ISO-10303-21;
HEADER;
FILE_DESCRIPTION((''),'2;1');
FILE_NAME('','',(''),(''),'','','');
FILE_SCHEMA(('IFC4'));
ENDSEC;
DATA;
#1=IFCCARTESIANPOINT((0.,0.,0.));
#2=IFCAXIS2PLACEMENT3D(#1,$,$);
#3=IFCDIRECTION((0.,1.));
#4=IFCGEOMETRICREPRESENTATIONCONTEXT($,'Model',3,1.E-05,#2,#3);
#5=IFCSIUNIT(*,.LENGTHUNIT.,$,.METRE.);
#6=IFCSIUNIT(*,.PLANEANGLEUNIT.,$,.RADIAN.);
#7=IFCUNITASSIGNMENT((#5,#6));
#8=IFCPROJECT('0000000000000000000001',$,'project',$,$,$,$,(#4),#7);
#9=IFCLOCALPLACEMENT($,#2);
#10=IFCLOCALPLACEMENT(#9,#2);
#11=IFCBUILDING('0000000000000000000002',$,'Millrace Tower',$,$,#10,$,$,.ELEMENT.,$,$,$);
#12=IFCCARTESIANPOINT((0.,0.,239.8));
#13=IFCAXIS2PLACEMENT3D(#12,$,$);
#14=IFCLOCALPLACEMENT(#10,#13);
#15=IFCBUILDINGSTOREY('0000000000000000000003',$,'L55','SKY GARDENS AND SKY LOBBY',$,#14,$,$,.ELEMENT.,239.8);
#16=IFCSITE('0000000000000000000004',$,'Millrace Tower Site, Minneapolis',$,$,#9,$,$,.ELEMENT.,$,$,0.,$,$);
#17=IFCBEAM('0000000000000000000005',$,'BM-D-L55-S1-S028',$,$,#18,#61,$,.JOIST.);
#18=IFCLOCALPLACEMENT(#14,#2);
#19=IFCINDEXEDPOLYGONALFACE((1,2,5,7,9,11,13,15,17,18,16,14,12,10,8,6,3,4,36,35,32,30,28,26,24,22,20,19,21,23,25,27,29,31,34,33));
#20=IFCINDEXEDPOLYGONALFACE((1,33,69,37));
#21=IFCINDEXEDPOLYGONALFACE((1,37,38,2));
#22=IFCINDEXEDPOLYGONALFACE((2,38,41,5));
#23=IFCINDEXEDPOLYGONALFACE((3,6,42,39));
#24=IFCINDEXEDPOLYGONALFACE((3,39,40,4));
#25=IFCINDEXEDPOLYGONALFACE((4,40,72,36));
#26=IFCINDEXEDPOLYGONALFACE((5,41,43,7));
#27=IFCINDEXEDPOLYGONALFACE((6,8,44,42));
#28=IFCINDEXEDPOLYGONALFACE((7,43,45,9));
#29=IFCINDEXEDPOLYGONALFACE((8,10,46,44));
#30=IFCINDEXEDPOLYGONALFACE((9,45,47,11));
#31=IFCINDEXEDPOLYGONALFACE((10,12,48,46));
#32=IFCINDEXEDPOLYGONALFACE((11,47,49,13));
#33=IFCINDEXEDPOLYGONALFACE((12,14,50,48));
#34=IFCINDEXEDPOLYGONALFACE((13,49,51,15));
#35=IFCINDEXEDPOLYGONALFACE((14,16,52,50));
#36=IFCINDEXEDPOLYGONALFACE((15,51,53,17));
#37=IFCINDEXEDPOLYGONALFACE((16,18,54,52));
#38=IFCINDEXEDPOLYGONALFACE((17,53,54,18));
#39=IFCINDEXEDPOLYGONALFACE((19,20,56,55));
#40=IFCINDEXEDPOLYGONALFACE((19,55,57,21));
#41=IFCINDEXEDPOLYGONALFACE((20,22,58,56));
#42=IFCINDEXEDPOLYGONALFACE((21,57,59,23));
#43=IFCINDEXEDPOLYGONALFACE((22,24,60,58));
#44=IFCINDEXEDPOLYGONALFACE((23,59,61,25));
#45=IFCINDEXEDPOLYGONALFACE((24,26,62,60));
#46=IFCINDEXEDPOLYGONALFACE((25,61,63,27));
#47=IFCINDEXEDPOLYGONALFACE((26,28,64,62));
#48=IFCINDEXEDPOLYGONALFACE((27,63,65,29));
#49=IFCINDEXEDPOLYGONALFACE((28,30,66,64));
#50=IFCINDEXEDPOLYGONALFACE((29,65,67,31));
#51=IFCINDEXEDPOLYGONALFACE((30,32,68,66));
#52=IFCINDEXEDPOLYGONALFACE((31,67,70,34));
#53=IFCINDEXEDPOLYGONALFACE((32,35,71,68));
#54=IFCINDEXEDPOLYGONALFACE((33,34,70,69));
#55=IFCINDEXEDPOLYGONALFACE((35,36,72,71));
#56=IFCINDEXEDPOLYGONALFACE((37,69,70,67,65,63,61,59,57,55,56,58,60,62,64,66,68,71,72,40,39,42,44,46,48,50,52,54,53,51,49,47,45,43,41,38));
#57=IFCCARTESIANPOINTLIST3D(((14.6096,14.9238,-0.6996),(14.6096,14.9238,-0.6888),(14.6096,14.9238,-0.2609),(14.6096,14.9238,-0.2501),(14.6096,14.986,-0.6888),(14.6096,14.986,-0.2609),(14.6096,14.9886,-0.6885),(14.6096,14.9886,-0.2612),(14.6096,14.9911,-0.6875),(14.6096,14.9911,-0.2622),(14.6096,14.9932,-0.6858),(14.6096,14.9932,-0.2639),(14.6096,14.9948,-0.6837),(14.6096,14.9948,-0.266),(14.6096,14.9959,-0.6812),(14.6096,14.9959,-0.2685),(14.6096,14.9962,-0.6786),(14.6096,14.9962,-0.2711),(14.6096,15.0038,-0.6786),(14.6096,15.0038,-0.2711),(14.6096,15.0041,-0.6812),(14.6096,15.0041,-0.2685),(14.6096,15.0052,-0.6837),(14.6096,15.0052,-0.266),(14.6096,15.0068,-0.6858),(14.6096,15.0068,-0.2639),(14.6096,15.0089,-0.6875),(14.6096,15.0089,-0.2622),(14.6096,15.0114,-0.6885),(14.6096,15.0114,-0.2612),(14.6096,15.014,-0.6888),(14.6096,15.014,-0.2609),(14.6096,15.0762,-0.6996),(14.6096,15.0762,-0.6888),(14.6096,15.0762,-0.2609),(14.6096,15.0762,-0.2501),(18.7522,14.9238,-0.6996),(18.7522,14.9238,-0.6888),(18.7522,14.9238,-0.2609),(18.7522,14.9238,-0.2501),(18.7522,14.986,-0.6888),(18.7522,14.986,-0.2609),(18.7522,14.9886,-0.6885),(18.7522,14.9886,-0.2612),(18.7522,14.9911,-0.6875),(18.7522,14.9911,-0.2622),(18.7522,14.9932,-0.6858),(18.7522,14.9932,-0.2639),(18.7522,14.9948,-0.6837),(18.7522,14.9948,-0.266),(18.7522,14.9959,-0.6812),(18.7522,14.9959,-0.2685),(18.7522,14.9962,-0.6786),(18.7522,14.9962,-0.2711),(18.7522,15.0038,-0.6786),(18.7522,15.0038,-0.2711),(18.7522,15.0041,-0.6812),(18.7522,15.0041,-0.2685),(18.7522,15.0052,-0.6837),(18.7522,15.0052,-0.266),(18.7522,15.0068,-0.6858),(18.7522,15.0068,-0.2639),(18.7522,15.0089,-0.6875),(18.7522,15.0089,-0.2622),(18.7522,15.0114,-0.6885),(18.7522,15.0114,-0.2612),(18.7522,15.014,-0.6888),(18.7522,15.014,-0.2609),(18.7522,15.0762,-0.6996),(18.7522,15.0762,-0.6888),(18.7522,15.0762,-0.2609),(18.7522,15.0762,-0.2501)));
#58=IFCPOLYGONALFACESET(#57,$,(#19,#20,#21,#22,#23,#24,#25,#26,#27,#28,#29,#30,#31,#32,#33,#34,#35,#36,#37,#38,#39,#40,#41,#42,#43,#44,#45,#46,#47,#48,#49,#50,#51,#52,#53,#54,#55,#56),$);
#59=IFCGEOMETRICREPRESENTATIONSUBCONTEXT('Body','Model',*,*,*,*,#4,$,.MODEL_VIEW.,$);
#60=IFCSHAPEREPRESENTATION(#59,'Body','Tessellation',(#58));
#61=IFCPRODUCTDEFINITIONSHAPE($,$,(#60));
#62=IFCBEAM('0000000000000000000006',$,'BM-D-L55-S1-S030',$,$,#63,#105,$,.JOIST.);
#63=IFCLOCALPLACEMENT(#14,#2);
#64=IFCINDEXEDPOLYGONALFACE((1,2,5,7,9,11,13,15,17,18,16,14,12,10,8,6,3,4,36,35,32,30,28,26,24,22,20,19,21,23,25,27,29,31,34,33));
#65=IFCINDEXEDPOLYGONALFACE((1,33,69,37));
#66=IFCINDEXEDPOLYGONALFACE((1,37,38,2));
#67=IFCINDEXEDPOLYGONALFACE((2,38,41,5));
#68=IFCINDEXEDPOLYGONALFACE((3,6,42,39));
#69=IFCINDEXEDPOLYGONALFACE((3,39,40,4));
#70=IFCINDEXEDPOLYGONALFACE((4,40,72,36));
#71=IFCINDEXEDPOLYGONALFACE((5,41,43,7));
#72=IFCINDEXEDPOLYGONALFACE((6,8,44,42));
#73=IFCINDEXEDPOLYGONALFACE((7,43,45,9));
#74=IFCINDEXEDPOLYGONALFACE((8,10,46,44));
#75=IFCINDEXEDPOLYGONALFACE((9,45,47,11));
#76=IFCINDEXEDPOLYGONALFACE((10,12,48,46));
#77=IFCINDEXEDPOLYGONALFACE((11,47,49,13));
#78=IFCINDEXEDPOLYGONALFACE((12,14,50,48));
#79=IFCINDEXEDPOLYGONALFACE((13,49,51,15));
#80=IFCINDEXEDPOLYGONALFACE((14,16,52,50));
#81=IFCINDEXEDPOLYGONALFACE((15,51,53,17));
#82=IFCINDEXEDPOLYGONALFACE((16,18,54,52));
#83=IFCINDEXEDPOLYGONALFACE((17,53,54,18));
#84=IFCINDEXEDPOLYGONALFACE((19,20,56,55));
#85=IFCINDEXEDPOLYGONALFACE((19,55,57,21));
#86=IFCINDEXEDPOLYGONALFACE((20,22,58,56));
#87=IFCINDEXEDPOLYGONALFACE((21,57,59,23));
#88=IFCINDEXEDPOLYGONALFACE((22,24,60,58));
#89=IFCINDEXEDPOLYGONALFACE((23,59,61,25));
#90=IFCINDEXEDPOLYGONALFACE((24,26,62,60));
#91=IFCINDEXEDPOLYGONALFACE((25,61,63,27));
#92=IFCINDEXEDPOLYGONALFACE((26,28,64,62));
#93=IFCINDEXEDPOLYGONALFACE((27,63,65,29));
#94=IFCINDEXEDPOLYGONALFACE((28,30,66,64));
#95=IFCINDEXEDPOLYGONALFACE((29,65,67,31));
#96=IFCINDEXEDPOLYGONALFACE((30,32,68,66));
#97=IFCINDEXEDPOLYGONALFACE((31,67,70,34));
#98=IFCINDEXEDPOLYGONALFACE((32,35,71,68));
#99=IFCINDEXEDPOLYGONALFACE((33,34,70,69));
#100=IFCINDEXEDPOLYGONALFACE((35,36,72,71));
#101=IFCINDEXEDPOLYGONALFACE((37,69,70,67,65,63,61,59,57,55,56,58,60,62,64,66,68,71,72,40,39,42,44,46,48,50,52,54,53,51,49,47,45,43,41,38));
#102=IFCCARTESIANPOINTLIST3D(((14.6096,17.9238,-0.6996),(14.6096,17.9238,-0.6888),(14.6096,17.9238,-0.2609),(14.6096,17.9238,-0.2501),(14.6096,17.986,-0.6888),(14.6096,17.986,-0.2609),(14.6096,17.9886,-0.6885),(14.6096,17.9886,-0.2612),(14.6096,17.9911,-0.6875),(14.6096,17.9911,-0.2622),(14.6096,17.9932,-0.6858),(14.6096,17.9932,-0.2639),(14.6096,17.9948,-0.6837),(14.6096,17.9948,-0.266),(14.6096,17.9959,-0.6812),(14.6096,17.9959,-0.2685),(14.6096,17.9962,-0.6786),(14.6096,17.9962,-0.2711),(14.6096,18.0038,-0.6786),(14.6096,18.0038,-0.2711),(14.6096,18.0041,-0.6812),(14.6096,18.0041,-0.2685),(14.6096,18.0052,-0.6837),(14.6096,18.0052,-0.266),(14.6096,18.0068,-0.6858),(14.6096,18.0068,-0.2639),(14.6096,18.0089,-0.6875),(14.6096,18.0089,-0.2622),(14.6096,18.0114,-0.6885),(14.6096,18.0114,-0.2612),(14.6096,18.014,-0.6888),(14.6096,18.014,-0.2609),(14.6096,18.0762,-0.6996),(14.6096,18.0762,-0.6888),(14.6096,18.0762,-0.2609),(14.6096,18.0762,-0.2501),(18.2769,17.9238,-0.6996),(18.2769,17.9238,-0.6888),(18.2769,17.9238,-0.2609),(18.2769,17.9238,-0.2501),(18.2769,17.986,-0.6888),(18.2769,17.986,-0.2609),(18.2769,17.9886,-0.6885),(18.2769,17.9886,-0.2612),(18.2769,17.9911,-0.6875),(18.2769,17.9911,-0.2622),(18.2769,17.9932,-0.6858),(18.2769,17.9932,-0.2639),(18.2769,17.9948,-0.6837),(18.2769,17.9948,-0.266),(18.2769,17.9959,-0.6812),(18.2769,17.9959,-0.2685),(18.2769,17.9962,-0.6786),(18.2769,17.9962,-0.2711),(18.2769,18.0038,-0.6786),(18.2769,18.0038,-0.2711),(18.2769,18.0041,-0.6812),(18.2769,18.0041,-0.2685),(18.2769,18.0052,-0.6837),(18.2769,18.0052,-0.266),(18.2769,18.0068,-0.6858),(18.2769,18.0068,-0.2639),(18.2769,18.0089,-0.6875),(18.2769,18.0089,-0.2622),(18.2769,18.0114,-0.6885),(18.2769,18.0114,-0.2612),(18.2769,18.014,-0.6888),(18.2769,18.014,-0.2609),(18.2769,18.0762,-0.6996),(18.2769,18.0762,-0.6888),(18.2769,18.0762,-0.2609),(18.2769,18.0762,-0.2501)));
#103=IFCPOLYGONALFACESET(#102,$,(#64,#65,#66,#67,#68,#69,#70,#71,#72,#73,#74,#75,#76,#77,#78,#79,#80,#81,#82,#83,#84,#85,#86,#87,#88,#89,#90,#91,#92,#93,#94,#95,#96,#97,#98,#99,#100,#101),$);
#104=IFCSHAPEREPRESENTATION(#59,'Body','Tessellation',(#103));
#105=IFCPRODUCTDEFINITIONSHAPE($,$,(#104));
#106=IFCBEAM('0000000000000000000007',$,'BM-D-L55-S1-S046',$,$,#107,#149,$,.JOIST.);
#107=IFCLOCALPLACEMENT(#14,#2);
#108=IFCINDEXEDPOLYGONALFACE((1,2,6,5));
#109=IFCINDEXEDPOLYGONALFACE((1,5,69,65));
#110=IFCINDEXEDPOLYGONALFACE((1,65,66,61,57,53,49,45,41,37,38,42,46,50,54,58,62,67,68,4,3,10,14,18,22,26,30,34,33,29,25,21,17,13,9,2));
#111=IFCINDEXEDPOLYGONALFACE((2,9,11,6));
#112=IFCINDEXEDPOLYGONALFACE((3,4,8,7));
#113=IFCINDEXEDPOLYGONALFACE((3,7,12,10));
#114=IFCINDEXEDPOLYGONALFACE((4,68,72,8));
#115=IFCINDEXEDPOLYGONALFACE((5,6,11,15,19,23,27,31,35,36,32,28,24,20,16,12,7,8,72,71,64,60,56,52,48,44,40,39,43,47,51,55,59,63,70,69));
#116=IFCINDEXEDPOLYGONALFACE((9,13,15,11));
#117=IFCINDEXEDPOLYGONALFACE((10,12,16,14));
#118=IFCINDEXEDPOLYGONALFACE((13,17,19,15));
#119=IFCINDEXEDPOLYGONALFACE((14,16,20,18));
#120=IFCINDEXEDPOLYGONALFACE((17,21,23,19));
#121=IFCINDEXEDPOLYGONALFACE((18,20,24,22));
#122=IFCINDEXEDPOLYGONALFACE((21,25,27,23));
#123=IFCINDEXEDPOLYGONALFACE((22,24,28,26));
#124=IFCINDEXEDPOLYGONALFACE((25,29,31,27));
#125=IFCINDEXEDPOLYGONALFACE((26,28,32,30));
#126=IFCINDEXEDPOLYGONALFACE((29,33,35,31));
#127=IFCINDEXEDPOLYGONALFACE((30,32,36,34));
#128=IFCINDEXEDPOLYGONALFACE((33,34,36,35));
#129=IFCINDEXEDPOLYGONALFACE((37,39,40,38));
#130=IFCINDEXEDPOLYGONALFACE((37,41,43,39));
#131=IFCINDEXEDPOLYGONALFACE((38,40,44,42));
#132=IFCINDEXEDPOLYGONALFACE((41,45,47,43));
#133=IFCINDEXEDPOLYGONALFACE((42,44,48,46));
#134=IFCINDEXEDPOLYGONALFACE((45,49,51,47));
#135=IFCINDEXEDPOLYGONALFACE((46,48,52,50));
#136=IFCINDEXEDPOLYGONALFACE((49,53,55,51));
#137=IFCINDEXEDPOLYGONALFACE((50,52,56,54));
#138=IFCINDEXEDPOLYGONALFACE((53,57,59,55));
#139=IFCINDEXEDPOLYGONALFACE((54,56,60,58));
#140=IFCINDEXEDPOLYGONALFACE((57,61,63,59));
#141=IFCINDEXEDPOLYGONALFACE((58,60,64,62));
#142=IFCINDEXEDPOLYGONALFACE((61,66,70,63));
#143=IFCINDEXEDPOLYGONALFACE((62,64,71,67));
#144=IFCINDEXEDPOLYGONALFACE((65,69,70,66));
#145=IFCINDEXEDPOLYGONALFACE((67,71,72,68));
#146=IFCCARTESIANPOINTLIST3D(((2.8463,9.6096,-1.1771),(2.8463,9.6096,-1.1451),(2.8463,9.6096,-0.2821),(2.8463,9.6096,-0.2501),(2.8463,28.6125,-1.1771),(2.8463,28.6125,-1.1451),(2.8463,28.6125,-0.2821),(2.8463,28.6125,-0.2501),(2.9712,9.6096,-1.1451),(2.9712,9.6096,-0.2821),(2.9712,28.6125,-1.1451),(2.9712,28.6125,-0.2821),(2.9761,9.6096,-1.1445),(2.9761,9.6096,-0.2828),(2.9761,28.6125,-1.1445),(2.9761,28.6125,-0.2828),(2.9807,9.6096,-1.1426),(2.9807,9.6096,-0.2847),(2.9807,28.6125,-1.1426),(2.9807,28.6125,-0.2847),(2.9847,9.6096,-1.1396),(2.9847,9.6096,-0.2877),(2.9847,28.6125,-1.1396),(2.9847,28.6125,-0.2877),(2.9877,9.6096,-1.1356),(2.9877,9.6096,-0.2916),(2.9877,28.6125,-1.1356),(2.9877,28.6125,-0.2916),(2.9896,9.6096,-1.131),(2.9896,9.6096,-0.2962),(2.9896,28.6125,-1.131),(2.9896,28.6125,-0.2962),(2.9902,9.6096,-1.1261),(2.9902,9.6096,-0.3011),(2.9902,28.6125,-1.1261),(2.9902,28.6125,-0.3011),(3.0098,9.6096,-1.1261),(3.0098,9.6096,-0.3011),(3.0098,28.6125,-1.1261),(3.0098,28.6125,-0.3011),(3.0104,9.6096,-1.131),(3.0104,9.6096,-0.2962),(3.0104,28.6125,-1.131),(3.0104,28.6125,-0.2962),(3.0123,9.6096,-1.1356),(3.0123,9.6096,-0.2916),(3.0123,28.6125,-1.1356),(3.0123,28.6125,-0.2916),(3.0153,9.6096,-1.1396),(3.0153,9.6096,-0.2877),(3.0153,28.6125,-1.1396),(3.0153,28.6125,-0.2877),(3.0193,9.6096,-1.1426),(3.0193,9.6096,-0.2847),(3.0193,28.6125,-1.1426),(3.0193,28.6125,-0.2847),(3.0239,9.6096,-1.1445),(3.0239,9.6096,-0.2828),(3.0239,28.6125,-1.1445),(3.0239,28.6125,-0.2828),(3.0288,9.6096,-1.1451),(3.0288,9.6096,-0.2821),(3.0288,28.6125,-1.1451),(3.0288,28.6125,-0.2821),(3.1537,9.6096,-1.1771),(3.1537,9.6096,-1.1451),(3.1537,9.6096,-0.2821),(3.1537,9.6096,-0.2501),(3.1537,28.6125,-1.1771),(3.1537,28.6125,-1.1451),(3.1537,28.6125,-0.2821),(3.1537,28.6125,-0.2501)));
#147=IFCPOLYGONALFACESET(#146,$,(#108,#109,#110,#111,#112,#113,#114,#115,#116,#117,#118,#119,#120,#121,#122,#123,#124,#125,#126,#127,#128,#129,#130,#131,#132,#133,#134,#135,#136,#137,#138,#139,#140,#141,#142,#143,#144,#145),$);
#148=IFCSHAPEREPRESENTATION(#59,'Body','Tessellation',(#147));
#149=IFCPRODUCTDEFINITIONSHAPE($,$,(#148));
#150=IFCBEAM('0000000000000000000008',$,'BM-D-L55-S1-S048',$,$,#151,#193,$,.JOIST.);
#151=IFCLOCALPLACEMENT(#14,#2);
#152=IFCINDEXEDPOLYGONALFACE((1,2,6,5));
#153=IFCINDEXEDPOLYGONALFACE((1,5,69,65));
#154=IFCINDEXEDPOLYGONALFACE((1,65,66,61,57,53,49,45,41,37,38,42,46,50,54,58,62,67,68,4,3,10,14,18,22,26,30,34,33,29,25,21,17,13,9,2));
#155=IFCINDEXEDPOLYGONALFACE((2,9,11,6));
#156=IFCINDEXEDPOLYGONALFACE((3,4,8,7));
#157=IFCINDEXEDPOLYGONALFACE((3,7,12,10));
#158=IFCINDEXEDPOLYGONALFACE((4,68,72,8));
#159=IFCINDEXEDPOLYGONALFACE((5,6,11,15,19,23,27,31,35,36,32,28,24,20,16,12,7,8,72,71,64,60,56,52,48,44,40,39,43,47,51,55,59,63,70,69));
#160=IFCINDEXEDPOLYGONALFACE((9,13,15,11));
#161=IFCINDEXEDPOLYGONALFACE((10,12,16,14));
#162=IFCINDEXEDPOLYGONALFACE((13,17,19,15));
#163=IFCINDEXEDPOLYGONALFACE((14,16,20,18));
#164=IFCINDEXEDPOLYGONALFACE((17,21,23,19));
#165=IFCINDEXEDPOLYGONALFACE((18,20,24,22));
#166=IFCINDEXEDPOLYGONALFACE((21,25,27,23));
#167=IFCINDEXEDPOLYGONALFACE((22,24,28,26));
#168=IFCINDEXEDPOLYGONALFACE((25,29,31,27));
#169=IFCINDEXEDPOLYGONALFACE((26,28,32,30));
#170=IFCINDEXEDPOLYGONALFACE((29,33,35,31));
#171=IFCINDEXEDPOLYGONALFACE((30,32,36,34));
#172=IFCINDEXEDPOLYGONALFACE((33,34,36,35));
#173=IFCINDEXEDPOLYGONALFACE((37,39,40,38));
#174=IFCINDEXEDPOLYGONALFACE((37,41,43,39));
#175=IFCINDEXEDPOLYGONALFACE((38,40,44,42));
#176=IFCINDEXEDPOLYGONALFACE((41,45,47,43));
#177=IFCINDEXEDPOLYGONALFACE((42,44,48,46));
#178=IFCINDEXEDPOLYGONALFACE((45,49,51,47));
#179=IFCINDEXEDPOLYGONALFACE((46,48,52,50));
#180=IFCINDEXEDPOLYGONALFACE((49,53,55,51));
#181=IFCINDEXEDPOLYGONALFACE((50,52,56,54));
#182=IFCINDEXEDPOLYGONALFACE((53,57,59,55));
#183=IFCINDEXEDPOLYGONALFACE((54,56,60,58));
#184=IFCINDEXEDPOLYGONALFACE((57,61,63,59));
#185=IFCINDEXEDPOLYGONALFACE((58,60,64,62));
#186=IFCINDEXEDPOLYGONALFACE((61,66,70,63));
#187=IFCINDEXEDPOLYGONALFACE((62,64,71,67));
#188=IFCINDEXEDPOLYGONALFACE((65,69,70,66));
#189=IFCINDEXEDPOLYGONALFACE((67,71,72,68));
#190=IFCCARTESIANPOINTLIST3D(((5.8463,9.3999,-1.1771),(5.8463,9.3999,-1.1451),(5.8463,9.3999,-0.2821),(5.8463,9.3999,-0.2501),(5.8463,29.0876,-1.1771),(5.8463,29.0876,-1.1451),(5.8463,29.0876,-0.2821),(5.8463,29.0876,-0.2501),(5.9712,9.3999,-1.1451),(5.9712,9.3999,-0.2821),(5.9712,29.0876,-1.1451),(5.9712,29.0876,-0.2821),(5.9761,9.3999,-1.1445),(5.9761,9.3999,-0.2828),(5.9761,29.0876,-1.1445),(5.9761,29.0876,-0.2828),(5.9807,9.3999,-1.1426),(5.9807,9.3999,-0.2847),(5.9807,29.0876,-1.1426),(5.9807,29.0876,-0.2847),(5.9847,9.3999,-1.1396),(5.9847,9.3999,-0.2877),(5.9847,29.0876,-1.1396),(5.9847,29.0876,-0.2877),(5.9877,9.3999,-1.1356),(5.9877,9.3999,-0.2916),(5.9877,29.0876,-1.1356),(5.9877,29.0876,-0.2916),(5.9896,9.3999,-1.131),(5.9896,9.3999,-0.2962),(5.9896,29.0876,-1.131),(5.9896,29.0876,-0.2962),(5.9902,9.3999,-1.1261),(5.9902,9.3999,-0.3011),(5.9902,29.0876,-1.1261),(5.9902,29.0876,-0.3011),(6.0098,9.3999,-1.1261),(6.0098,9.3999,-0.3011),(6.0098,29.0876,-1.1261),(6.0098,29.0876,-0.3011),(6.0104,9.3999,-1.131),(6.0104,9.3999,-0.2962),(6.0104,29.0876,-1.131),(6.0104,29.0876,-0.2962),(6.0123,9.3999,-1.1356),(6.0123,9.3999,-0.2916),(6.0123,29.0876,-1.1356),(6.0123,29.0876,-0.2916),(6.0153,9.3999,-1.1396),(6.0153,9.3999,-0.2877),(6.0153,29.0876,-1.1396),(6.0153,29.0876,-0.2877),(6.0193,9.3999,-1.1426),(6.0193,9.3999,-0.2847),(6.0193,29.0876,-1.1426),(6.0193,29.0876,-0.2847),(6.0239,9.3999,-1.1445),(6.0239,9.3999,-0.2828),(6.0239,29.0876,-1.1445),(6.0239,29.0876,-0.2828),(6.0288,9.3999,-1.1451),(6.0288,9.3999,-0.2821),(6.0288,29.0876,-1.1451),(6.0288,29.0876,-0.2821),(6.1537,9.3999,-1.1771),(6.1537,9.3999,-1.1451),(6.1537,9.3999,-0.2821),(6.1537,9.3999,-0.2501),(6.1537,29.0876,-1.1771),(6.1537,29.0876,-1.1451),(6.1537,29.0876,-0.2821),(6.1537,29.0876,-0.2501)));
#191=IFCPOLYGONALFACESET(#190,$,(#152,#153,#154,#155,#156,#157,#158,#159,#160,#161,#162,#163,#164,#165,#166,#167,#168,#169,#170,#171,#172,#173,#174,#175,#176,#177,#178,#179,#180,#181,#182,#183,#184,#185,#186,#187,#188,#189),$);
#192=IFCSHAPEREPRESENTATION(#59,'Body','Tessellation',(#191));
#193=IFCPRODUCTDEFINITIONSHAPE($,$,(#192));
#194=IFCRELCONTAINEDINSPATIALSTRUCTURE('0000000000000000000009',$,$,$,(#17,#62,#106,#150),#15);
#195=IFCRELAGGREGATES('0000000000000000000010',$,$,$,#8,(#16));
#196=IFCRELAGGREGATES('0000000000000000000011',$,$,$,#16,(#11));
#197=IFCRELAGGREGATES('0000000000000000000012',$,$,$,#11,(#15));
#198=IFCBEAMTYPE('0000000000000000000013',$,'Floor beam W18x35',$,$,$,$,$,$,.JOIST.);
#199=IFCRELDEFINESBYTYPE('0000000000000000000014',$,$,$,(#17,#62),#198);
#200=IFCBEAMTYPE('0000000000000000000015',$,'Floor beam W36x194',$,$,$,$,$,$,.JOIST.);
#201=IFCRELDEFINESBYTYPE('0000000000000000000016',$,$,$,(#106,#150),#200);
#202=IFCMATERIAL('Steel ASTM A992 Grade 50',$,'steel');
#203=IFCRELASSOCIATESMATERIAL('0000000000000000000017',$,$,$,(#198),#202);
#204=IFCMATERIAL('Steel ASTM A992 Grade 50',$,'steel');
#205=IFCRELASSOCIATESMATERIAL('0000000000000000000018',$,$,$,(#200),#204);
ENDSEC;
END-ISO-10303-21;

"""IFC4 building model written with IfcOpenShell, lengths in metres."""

from ifc_helpers import new_model, si_unit, direction, frame, origin, origin_2d, place, context, subcontext, project, spatial, i_section, extrude, material, material_profile, profile_set, type_object, element, save


model = new_model("IFC4")

# Units and contexts
model_context = context("Model", 3, precision=1e-05, world=origin(), true_north=direction((0.0, 1.0)))
body_context = subcontext(model_context, "Body", "Model", "MODEL_VIEW")
ifc_project = project(units=[si_unit("LENGTHUNIT", "METRE"), si_unit("PLANEANGLEUNIT", "RADIAN")], contexts=[model_context])

# Site, building, storey
site_placement = place(None, origin())
site = spatial("IfcSite", under=ifc_project, at=site_placement, Name="Millrace Tower Site, Minneapolis", CompositionType="ELEMENT", RefElevation=0.0)
building_placement = place(site_placement, origin())
building = spatial("IfcBuilding", under=site, at=building_placement, Name="Millrace Tower", CompositionType="ELEMENT")
storey_placement = place(building_placement, frame((0.0, 0.0, 239.8)))
storey = spatial("IfcBuildingStorey", under=building, at=storey_placement, Name="L55", Description="SKY GARDENS AND SKY LOBBY", CompositionType="ELEMENT", Elevation=239.8)

# Beams
ifc_material_1 = material(Name="Steel ASTM A992 Grade 50", Category="steel")
ifc_material_profile_1 = material_profile(ifc_material_1, i_section(OverallWidth=0.1523, OverallDepth=0.4495, WebThickness=0.0076, FlangeThickness=0.0107, FilletRadius=0.0103, at=origin_2d()))
ifc_profile_set_1 = profile_set([ifc_material_profile_1], Name="Steel ASTM A992 Grade 50")
beam_type_1 = type_object("IfcBeamType", Name="Floor beam W18x35", PredefinedType="JOIST", material=ifc_profile_set_1)
beam_1_placement = place(storey_placement, frame((14.6096, 15.0, -0.4749), z_axis=(1.0, 0.0, 0.0), x_axis=(0.0, 1.0, 0.0)))
element("IfcBeam", 1, at=beam_1_placement, inside=storey, type_object=beam_type_1, Name="BM-D-L55-S1-S028", PredefinedType="JOIST", context=body_context, shape_type="SweptSolid", body=[
    extrude(i_section(OverallWidth=0.1523, OverallDepth=0.4495, WebThickness=0.0076, FlangeThickness=0.0107, FilletRadius=0.0103, at=origin_2d()), origin(), (0.0, 0.0, 1.0), 4.1426),
])
beam_2_placement = place(storey_placement, frame((14.6096, 18.0, -0.4749), z_axis=(1.0, 0.0, 0.0), x_axis=(0.0, 1.0, 0.0)))
element("IfcBeam", 2, at=beam_2_placement, inside=storey, type_object=beam_type_1, Name="BM-D-L55-S1-S030", PredefinedType="JOIST", context=body_context, shape_type="SweptSolid", body=[
    extrude(i_section(OverallWidth=0.1523, OverallDepth=0.4495, WebThickness=0.0076, FlangeThickness=0.0107, FilletRadius=0.0103, at=origin_2d()), origin(), (0.0, 0.0, 1.0), 3.6672),
])
ifc_material_2 = material(Name="Steel ASTM A992 Grade 50", Category="steel")
ifc_material_profile_2 = material_profile(ifc_material_2, i_section(OverallWidth=0.3074, OverallDepth=0.927, WebThickness=0.0195, FlangeThickness=0.032, FilletRadius=0.019, at=origin_2d()))
ifc_profile_set_2 = profile_set([ifc_material_profile_2], Name="Steel ASTM A992 Grade 50")
beam_type_2 = type_object("IfcBeamType", Name="Floor beam W36x194", PredefinedType="JOIST", material=ifc_profile_set_2)
beam_3_placement = place(storey_placement, frame((3.0, 9.6096, -0.7136), z_axis=(0.0, 1.0, 0.0), x_axis=(-1.0, 0.0, 0.0)))
element("IfcBeam", 3, at=beam_3_placement, inside=storey, type_object=beam_type_2, Name="BM-D-L55-S1-S046", PredefinedType="JOIST", context=body_context, shape_type="SweptSolid", body=[
    extrude(i_section(OverallWidth=0.3074, OverallDepth=0.927, WebThickness=0.0195, FlangeThickness=0.032, FilletRadius=0.019, at=origin_2d()), origin(), (0.0, 0.0, 1.0), 19.0029),
])
beam_4_placement = place(storey_placement, frame((6.0, 9.3999, -0.7136), z_axis=(0.0, 1.0, 0.0), x_axis=(-1.0, 0.0, 0.0)))
element("IfcBeam", 4, at=beam_4_placement, inside=storey, type_object=beam_type_2, Name="BM-D-L55-S1-S048", PredefinedType="JOIST", context=body_context, shape_type="SweptSolid", body=[
    extrude(i_section(OverallWidth=0.3074, OverallDepth=0.927, WebThickness=0.0195, FlangeThickness=0.032, FilletRadius=0.019, at=origin_2d()), origin(), (0.0, 0.0, 1.0), 19.6877),
])

save(model, "model.ifc")
